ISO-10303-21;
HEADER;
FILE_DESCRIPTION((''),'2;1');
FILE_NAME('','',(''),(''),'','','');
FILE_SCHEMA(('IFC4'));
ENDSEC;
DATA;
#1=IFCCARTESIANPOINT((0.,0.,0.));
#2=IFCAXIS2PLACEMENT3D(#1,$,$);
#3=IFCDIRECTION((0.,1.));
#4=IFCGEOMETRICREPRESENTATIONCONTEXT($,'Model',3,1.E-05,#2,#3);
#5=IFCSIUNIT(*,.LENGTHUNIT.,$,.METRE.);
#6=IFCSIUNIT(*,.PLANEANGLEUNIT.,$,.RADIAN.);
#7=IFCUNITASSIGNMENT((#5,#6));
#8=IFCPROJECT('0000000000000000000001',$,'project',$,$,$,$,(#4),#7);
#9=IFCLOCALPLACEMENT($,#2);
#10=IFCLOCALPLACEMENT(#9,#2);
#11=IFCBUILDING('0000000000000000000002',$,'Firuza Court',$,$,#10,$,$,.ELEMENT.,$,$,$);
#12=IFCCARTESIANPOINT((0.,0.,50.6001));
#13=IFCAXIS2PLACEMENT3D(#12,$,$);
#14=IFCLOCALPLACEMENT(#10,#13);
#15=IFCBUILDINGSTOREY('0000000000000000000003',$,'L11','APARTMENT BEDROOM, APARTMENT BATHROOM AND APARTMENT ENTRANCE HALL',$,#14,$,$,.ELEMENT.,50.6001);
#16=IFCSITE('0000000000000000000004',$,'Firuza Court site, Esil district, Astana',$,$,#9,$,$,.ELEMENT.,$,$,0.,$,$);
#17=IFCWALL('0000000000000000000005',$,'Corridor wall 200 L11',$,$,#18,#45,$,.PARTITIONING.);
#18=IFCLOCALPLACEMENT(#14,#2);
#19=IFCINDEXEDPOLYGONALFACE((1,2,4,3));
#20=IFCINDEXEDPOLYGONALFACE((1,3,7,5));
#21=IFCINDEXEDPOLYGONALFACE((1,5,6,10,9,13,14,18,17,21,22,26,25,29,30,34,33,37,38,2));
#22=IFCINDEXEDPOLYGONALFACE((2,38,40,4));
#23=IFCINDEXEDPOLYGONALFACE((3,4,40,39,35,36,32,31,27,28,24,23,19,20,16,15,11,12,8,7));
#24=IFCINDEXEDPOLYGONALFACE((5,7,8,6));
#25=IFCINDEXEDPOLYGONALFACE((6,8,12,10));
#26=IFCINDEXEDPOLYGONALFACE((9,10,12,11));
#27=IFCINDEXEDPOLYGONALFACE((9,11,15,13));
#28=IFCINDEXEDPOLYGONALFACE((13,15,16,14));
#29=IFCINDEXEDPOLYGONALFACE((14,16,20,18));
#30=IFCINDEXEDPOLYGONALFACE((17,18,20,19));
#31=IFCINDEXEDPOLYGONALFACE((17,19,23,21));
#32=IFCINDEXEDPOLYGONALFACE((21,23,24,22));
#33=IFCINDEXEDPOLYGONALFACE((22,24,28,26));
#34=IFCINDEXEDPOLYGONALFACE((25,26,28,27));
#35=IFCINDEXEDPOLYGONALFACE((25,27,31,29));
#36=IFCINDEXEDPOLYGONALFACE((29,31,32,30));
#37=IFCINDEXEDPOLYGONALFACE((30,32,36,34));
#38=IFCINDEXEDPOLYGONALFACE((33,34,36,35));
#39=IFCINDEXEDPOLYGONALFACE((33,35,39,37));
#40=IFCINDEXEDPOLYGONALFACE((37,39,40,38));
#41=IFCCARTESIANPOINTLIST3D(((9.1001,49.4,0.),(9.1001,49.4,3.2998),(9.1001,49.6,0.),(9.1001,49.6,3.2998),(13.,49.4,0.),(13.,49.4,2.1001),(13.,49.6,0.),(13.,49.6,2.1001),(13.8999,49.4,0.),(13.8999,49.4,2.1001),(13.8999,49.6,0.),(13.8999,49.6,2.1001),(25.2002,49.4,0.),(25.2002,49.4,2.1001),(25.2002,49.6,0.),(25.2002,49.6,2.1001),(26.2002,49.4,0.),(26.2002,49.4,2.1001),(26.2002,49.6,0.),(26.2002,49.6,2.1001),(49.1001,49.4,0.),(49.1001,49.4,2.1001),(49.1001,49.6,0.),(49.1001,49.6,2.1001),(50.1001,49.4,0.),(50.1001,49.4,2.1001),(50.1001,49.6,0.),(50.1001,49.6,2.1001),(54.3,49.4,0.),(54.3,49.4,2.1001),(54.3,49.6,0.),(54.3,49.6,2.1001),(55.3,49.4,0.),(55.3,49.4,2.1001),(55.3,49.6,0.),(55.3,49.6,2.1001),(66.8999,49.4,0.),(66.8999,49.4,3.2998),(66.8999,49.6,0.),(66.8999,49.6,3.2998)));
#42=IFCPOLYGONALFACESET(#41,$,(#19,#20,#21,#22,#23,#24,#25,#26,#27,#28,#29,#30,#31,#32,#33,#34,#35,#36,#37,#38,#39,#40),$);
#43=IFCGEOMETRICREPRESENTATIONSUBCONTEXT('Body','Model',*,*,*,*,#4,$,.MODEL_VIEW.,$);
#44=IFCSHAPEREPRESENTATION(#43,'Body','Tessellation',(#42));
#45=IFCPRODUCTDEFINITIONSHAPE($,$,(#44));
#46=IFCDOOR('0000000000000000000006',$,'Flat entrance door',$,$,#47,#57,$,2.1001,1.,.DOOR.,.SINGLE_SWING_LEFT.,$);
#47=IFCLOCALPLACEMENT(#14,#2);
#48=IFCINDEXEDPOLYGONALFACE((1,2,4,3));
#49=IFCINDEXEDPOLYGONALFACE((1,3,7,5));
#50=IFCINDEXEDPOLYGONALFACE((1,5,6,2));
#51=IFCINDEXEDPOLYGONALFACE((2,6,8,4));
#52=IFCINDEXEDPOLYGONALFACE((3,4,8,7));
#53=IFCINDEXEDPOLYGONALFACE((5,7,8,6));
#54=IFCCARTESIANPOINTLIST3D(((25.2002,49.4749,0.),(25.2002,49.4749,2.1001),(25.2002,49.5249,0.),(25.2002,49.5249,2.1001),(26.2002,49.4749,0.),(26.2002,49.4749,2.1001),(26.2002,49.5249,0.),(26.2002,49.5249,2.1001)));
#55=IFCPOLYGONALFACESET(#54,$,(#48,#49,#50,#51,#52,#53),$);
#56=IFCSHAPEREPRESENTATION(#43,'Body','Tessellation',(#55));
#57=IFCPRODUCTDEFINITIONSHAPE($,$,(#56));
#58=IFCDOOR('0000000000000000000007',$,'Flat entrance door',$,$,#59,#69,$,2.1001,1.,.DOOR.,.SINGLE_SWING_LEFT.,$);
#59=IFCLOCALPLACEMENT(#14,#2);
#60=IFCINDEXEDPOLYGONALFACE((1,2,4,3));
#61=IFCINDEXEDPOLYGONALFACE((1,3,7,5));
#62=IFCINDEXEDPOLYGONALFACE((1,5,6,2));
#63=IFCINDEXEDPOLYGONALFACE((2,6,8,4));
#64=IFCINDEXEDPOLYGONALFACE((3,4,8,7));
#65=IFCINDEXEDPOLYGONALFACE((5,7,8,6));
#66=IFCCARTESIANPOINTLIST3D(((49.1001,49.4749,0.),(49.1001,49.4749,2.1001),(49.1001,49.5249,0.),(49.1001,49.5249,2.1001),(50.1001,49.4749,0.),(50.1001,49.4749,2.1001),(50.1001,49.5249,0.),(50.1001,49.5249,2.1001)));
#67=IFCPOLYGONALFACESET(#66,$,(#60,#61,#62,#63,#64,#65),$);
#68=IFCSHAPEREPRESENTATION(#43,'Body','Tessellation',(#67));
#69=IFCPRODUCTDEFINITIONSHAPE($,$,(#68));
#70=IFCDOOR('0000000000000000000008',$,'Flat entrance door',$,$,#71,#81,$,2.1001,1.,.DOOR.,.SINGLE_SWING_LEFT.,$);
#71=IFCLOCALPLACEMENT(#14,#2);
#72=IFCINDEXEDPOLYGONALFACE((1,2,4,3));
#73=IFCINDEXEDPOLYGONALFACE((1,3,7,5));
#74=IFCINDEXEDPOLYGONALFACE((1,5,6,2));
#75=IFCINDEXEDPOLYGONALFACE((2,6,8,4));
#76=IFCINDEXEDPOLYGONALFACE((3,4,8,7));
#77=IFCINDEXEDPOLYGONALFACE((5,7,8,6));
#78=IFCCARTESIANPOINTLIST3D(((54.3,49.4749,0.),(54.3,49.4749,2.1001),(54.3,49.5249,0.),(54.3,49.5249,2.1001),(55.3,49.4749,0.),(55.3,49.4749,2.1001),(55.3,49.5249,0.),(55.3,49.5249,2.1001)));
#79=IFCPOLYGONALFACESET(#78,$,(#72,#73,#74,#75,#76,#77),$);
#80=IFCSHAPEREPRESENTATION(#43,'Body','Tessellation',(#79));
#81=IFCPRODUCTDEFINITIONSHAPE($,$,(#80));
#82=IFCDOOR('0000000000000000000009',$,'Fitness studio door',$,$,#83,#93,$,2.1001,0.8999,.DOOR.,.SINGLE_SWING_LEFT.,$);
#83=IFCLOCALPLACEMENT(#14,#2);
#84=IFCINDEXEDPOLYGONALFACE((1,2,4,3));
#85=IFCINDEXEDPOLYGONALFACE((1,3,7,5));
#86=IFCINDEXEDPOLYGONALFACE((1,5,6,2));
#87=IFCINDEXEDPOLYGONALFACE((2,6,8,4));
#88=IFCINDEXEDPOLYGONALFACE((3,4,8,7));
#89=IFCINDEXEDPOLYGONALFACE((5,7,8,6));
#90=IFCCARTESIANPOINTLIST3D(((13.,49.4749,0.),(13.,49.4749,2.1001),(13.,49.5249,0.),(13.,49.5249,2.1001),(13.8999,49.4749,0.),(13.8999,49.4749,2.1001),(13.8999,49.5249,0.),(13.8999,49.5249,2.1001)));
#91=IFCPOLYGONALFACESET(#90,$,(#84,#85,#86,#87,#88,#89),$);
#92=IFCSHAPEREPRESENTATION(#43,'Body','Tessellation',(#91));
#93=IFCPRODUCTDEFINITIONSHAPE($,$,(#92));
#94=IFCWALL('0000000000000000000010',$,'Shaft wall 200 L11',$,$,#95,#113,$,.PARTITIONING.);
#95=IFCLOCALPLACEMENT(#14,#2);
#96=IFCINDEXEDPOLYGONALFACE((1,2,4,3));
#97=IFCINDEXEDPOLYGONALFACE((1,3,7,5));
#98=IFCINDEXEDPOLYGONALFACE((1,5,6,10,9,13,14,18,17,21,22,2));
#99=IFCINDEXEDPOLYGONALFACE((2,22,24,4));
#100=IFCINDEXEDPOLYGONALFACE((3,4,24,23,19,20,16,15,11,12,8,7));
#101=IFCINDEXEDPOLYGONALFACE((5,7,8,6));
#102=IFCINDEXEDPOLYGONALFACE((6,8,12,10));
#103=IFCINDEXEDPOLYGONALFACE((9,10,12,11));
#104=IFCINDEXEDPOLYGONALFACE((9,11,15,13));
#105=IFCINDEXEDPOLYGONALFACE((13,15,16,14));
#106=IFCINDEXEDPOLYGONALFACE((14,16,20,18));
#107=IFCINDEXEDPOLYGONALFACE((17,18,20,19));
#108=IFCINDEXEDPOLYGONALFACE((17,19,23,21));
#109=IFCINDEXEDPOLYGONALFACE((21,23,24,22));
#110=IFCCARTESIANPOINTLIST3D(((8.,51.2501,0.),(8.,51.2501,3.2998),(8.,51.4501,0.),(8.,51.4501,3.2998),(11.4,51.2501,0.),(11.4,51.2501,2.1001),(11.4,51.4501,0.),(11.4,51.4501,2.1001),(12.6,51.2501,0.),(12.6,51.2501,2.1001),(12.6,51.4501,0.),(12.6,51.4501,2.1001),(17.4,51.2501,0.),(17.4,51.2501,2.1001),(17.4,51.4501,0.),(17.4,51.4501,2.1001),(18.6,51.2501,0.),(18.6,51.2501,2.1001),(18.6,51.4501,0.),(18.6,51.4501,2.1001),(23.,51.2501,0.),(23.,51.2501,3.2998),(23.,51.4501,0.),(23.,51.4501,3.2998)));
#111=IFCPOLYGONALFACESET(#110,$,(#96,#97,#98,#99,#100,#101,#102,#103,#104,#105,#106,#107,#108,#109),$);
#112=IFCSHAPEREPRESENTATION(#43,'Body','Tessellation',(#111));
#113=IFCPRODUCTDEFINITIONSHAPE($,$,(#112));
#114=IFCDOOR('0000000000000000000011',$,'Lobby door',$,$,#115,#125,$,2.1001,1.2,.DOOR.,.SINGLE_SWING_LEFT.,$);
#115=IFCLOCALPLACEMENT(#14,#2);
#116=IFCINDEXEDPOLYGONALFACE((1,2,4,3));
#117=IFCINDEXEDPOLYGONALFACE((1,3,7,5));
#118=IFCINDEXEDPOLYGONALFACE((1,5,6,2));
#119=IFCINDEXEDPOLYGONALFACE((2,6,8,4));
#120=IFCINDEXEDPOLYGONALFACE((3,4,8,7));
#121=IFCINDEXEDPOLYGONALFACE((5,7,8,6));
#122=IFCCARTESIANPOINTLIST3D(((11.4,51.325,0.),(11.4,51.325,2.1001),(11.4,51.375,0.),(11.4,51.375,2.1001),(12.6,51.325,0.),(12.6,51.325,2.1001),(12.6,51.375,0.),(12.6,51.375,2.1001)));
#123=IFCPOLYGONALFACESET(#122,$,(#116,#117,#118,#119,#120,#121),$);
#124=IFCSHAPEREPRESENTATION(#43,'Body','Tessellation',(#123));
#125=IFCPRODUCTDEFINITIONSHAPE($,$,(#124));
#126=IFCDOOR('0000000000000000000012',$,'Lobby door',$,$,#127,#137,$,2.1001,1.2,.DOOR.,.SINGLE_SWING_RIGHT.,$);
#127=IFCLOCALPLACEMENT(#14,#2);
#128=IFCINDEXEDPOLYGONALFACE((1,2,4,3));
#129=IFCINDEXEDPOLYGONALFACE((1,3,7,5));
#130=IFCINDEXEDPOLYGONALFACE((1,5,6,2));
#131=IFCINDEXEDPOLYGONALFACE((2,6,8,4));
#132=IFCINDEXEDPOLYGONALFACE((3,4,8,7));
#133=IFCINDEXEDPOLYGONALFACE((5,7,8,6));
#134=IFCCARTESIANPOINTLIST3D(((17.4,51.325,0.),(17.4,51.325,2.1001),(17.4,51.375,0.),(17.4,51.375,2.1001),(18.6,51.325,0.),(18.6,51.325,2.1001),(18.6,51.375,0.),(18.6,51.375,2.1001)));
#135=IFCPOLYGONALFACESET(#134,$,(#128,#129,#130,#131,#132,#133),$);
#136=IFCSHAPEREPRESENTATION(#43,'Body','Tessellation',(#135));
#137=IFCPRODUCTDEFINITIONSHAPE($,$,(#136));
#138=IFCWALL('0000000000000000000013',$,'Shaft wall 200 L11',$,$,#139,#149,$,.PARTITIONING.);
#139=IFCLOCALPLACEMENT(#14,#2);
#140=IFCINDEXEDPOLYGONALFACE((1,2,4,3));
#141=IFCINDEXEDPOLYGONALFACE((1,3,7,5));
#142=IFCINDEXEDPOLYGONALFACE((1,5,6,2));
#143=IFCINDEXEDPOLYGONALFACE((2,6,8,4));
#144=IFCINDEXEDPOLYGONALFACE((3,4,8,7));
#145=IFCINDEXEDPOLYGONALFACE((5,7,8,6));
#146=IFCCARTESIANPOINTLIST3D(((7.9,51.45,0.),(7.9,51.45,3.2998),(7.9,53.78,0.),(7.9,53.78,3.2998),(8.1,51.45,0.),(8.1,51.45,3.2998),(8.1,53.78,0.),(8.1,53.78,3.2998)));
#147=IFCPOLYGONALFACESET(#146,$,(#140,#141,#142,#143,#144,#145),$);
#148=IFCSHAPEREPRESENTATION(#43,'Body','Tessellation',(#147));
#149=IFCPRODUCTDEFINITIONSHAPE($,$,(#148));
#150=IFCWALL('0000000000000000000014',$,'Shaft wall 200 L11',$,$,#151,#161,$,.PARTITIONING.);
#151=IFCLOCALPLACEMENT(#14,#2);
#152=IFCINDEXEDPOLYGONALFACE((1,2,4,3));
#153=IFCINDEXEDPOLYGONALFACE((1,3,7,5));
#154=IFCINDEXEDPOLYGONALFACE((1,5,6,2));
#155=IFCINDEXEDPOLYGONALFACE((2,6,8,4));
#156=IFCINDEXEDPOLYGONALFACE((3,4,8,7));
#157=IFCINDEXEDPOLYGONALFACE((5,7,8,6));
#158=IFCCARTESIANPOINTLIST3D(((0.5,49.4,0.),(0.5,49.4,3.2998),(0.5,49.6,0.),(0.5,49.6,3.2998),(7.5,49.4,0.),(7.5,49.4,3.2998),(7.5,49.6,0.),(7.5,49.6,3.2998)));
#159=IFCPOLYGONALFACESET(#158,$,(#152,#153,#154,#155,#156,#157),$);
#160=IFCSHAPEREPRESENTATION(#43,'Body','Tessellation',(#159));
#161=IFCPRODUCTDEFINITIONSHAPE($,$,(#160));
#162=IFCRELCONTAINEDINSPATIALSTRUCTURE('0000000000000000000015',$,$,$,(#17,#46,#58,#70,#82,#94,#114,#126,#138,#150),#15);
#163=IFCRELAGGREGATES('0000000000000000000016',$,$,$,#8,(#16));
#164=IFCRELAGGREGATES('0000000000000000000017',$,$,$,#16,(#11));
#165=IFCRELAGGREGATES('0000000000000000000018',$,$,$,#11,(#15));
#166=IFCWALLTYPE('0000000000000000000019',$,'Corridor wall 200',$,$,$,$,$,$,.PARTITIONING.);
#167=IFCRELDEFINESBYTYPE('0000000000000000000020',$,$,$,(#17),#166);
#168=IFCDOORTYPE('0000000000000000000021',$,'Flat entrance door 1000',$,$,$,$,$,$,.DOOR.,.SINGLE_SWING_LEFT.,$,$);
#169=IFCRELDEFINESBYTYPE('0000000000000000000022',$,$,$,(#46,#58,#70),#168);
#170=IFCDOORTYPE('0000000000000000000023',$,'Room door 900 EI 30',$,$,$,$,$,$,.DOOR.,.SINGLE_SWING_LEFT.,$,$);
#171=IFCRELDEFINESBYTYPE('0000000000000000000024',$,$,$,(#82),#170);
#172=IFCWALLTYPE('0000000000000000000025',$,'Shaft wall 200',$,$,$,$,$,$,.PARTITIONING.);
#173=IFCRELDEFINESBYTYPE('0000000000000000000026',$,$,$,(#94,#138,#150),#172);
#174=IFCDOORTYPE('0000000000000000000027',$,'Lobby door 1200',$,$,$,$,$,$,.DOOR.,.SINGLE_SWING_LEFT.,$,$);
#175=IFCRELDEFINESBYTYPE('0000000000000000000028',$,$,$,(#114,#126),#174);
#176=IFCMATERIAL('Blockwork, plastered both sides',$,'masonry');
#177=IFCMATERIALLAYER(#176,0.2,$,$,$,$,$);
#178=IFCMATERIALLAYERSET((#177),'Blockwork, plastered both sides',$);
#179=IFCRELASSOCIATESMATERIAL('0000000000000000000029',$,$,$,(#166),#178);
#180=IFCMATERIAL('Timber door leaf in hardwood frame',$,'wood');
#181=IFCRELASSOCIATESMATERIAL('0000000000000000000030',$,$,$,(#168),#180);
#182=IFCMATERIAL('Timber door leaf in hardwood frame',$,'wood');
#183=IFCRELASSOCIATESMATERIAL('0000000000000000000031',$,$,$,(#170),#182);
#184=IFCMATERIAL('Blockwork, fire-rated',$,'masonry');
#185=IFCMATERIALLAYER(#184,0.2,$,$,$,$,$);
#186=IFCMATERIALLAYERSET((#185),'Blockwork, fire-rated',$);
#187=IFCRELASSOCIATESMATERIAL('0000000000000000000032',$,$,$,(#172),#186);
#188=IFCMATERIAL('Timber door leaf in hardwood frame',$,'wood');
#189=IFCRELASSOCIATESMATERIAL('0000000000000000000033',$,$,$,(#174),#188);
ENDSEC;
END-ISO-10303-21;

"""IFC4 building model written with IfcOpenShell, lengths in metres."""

from ifc_helpers import new_model, si_unit, direction, frame, frame_2d, origin, place, context, subcontext, project, spatial, rectangle, extrude, material, layer, layer_set, type_object, element, fill, save


model = new_model("IFC4")

# Units and contexts
model_context = context("Model", 3, precision=1e-05, world=origin(), true_north=direction((0.0, 1.0)))
body_context = subcontext(model_context, "Body", "Model", "MODEL_VIEW")
ifc_project = project(units=[si_unit("LENGTHUNIT", "METRE"), si_unit("PLANEANGLEUNIT", "RADIAN")], contexts=[model_context])

# Site, building, storey
site_placement = place(None, origin())
site = spatial("IfcSite", under=ifc_project, at=site_placement, Name="Firuza Court site, Esil district, Astana", CompositionType="ELEMENT", RefElevation=0.0)
building_placement = place(site_placement, origin())
building = spatial("IfcBuilding", under=site, at=building_placement, Name="Firuza Court", CompositionType="ELEMENT")
storey_placement = place(building_placement, frame((0.0, 0.0, 50.6001)))
storey = spatial("IfcBuildingStorey", under=building, at=storey_placement, Name="L11", Description="APARTMENT BEDROOM, APARTMENT BATHROOM AND APARTMENT ENTRANCE HALL", CompositionType="ELEMENT", Elevation=50.6001)

# Walls, openings, doors
ifc_material_1 = material(Name="Blockwork, plastered both sides", Category="masonry")
ifc_layer_1 = layer(ifc_material_1, 0.2)
ifc_layer_set_1 = layer_set([ifc_layer_1], Name="Blockwork, plastered both sides")
wall_type_1 = type_object("IfcWallType", Name="Corridor wall 200", PredefinedType="PARTITIONING", material=ifc_layer_set_1)
wall_1_placement = place(storey_placement, frame((9.1001, 49.5, 0.0), z_axis=(0.0, 0.0, 1.0), x_axis=(1.0, 0.0, 0.0)))
wall_1 = element("IfcWall", 1, at=wall_1_placement, inside=storey, type_object=wall_type_1, Name="Corridor wall 200 L11", PredefinedType="PARTITIONING", context=body_context, shape_type="SweptSolid", body=[
    extrude(rectangle(XDim=57.7998, YDim=0.2, at=frame_2d((28.8999, 0.0))), origin(), (0.0, 0.0, 1.0), 3.2998),
])
opening_1_placement = place(wall_1_placement, frame((16.1001, 0.0, 0.0)))
opening_1 = element("IfcOpeningElement", 2, at=opening_1_placement, cuts=wall_1, PredefinedType="OPENING", context=body_context, shape_type="SweptSolid", body=[
    extrude(rectangle(XDim=1.0, YDim=2.1001, at=frame_2d((0.5, 1.05))), frame((0.0, 0.1118, 0.0), z_axis=(0.0, -1.0, 0.0), x_axis=(1.0, 0.0, 0.0)), (0.0, 0.0, 1.0), 0.2239),
])
opening_2_placement = place(wall_1_placement, frame((40.0, 0.0, 0.0)))
opening_2 = element("IfcOpeningElement", 3, at=opening_2_placement, cuts=wall_1, PredefinedType="OPENING", context=body_context, shape_type="SweptSolid", body=[
    extrude(rectangle(XDim=1.0, YDim=2.1001, at=frame_2d((0.5, 1.05))), frame((0.0, 0.1118, 0.0), z_axis=(0.0, -1.0, 0.0), x_axis=(1.0, 0.0, 0.0)), (0.0, 0.0, 1.0), 0.2239),
])
opening_3_placement = place(wall_1_placement, frame((45.2, 0.0, 0.0)))
opening_3 = element("IfcOpeningElement", 4, at=opening_3_placement, cuts=wall_1, PredefinedType="OPENING", context=body_context, shape_type="SweptSolid", body=[
    extrude(rectangle(XDim=1.0, YDim=2.1001, at=frame_2d((0.5, 1.05))), frame((0.0, 0.1118, 0.0), z_axis=(0.0, -1.0, 0.0), x_axis=(1.0, 0.0, 0.0)), (0.0, 0.0, 1.0), 0.2239),
])
opening_4_placement = place(wall_1_placement, frame((3.8999, 0.0, 0.0)))
opening_4 = element("IfcOpeningElement", 5, at=opening_4_placement, cuts=wall_1, PredefinedType="OPENING", context=body_context, shape_type="SweptSolid", body=[
    extrude(rectangle(XDim=0.8999, YDim=2.1001, at=frame_2d((0.45, 1.05))), frame((0.0, 0.1118, 0.0), z_axis=(0.0, -1.0, 0.0), x_axis=(1.0, 0.0, 0.0)), (0.0, 0.0, 1.0), 0.2239),
])
ifc_material_2 = material(Name="Timber door leaf in hardwood frame", Category="wood")
door_type_1 = type_object("IfcDoorType", Name="Flat entrance door 1000", OperationType="SINGLE_SWING_LEFT", PredefinedType="DOOR", material=ifc_material_2)
door_1_placement = place(opening_1_placement, origin())
door_1 = element("IfcDoor", 6, at=door_1_placement, inside=storey, type_object=door_type_1, Name="Flat entrance door", OperationType="SINGLE_SWING_LEFT", OverallHeight=2.1001, OverallWidth=1.0, PredefinedType="DOOR", context=body_context, shape_type="SweptSolid", body=[
    extrude(rectangle(XDim=1.0, YDim=2.1001, at=frame_2d((0.5, 1.05))), frame((0.0, 0.0249, 0.0), z_axis=(0.0, -1.0, 0.0), x_axis=(1.0, 0.0, 0.0)), (0.0, 0.0, 1.0), 0.05),
])
fill(opening_1, door_1)
door_2_placement = place(opening_2_placement, origin())
door_2 = element("IfcDoor", 7, at=door_2_placement, inside=storey, type_object=door_type_1, Name="Flat entrance door", OperationType="SINGLE_SWING_LEFT", OverallHeight=2.1001, OverallWidth=1.0, PredefinedType="DOOR", context=body_context, shape_type="SweptSolid", body=[
    extrude(rectangle(XDim=1.0, YDim=2.1001, at=frame_2d((0.5, 1.05))), frame((0.0, 0.0249, 0.0), z_axis=(0.0, -1.0, 0.0), x_axis=(1.0, 0.0, 0.0)), (0.0, 0.0, 1.0), 0.05),
])
fill(opening_2, door_2)
door_3_placement = place(opening_3_placement, origin())
door_3 = element("IfcDoor", 8, at=door_3_placement, inside=storey, type_object=door_type_1, Name="Flat entrance door", OperationType="SINGLE_SWING_LEFT", OverallHeight=2.1001, OverallWidth=1.0, PredefinedType="DOOR", context=body_context, shape_type="SweptSolid", body=[
    extrude(rectangle(XDim=1.0, YDim=2.1001, at=frame_2d((0.5, 1.05))), frame((0.0, 0.0249, 0.0), z_axis=(0.0, -1.0, 0.0), x_axis=(1.0, 0.0, 0.0)), (0.0, 0.0, 1.0), 0.05),
])
fill(opening_3, door_3)
ifc_material_3 = material(Name="Timber door leaf in hardwood frame", Category="wood")
door_type_2 = type_object("IfcDoorType", Name="Room door 900 EI 30", OperationType="SINGLE_SWING_LEFT", PredefinedType="DOOR", material=ifc_material_3)
door_4_placement = place(opening_4_placement, origin())
door_4 = element("IfcDoor", 9, at=door_4_placement, inside=storey, type_object=door_type_2, Name="Fitness studio door", OperationType="SINGLE_SWING_LEFT", OverallHeight=2.1001, OverallWidth=0.8999, PredefinedType="DOOR", context=body_context, shape_type="SweptSolid", body=[
    extrude(rectangle(XDim=0.8999, YDim=2.1001, at=frame_2d((0.45, 1.05))), frame((0.0, 0.0249, 0.0), z_axis=(0.0, -1.0, 0.0), x_axis=(1.0, 0.0, 0.0)), (0.0, 0.0, 1.0), 0.05),
])
fill(opening_4, door_4)
ifc_material_4 = material(Name="Blockwork, fire-rated", Category="masonry")
ifc_layer_2 = layer(ifc_material_4, 0.2)
ifc_layer_set_2 = layer_set([ifc_layer_2], Name="Blockwork, fire-rated")
wall_type_2 = type_object("IfcWallType", Name="Shaft wall 200", PredefinedType="PARTITIONING", material=ifc_layer_set_2)
wall_2_placement = place(storey_placement, frame((8.0, 51.3501, 0.0), z_axis=(0.0, 0.0, 1.0), x_axis=(1.0, 0.0, 0.0)))
wall_2 = element("IfcWall", 10, at=wall_2_placement, inside=storey, type_object=wall_type_2, Name="Shaft wall 200 L11", PredefinedType="PARTITIONING", context=body_context, shape_type="SweptSolid", body=[
    extrude(rectangle(XDim=15.0, YDim=0.2, at=frame_2d((7.5, 0.0))), origin(), (0.0, 0.0, 1.0), 3.2998),
])
opening_5_placement = place(wall_2_placement, frame((3.3999, 0.0, 0.0)))
opening_5 = element("IfcOpeningElement", 11, at=opening_5_placement, cuts=wall_2, PredefinedType="OPENING", context=body_context, shape_type="SweptSolid", body=[
    extrude(rectangle(XDim=1.2, YDim=2.1001, at=frame_2d((0.6001, 1.05))), frame((0.0, 0.1118, 0.0), z_axis=(0.0, -1.0, 0.0), x_axis=(1.0, 0.0, 0.0)), (0.0, 0.0, 1.0), 0.2239),
])
opening_6_placement = place(wall_2_placement, frame((9.3999, 0.0, 0.0)))
opening_6 = element("IfcOpeningElement", 12, at=opening_6_placement, cuts=wall_2, PredefinedType="OPENING", context=body_context, shape_type="SweptSolid", body=[
    extrude(rectangle(XDim=1.2, YDim=2.1001, at=frame_2d((0.6001, 1.05))), frame((0.0, 0.1118, 0.0), z_axis=(0.0, -1.0, 0.0), x_axis=(1.0, 0.0, 0.0)), (0.0, 0.0, 1.0), 0.2239),
])
ifc_material_5 = material(Name="Timber door leaf in hardwood frame", Category="wood")
door_type_3 = type_object("IfcDoorType", Name="Lobby door 1200", OperationType="SINGLE_SWING_LEFT", PredefinedType="DOOR", material=ifc_material_5)
door_5_placement = place(opening_5_placement, origin())
door_5 = element("IfcDoor", 13, at=door_5_placement, inside=storey, type_object=door_type_3, Name="Lobby door", OperationType="SINGLE_SWING_LEFT", OverallHeight=2.1001, OverallWidth=1.2, PredefinedType="DOOR", context=body_context, shape_type="SweptSolid", body=[
    extrude(rectangle(XDim=1.2, YDim=2.1001, at=frame_2d((0.6001, 1.05))), frame((0.0, 0.0249, 0.0), z_axis=(0.0, -1.0, 0.0), x_axis=(1.0, 0.0, 0.0)), (0.0, 0.0, 1.0), 0.05),
])
fill(opening_5, door_5)
door_6_placement = place(opening_6_placement, origin())
door_6 = element("IfcDoor", 14, at=door_6_placement, inside=storey, type_object=door_type_3, Name="Lobby door", OperationType="SINGLE_SWING_RIGHT", OverallHeight=2.1001, OverallWidth=1.2, PredefinedType="DOOR", context=body_context, shape_type="SweptSolid", body=[
    extrude(rectangle(XDim=1.2, YDim=2.1001, at=frame_2d((0.6001, 1.05))), frame((0.0, 0.0249, 0.0), z_axis=(0.0, -1.0, 0.0), x_axis=(1.0, 0.0, 0.0)), (0.0, 0.0, 1.0), 0.05),
])
fill(opening_6, door_6)

# Walls
wall_3_placement = place(storey_placement, frame((8.0, 51.45, 0.0), z_axis=(0.0, 0.0, 1.0), x_axis=(0.0, 1.0, 0.0)))
element("IfcWall", 15, at=wall_3_placement, inside=storey, type_object=wall_type_2, Name="Shaft wall 200 L11", PredefinedType="PARTITIONING", context=body_context, shape_type="SweptSolid", body=[
    extrude(rectangle(XDim=2.3301, YDim=0.2, at=frame_2d((1.165, 0.0))), origin(), (0.0, 0.0, 1.0), 3.2998),
])
wall_4_placement = place(storey_placement, frame((0.5, 49.5, 0.0), z_axis=(0.0, 0.0, 1.0), x_axis=(1.0, 0.0, 0.0)))
element("IfcWall", 16, at=wall_4_placement, inside=storey, type_object=wall_type_2, Name="Shaft wall 200 L11", PredefinedType="PARTITIONING", context=body_context, shape_type="SweptSolid", body=[
    extrude(rectangle(XDim=7.0, YDim=0.2, at=frame_2d((3.5, 0.0))), origin(), (0.0, 0.0, 1.0), 3.2998),
])

save(model, "model.ifc")
